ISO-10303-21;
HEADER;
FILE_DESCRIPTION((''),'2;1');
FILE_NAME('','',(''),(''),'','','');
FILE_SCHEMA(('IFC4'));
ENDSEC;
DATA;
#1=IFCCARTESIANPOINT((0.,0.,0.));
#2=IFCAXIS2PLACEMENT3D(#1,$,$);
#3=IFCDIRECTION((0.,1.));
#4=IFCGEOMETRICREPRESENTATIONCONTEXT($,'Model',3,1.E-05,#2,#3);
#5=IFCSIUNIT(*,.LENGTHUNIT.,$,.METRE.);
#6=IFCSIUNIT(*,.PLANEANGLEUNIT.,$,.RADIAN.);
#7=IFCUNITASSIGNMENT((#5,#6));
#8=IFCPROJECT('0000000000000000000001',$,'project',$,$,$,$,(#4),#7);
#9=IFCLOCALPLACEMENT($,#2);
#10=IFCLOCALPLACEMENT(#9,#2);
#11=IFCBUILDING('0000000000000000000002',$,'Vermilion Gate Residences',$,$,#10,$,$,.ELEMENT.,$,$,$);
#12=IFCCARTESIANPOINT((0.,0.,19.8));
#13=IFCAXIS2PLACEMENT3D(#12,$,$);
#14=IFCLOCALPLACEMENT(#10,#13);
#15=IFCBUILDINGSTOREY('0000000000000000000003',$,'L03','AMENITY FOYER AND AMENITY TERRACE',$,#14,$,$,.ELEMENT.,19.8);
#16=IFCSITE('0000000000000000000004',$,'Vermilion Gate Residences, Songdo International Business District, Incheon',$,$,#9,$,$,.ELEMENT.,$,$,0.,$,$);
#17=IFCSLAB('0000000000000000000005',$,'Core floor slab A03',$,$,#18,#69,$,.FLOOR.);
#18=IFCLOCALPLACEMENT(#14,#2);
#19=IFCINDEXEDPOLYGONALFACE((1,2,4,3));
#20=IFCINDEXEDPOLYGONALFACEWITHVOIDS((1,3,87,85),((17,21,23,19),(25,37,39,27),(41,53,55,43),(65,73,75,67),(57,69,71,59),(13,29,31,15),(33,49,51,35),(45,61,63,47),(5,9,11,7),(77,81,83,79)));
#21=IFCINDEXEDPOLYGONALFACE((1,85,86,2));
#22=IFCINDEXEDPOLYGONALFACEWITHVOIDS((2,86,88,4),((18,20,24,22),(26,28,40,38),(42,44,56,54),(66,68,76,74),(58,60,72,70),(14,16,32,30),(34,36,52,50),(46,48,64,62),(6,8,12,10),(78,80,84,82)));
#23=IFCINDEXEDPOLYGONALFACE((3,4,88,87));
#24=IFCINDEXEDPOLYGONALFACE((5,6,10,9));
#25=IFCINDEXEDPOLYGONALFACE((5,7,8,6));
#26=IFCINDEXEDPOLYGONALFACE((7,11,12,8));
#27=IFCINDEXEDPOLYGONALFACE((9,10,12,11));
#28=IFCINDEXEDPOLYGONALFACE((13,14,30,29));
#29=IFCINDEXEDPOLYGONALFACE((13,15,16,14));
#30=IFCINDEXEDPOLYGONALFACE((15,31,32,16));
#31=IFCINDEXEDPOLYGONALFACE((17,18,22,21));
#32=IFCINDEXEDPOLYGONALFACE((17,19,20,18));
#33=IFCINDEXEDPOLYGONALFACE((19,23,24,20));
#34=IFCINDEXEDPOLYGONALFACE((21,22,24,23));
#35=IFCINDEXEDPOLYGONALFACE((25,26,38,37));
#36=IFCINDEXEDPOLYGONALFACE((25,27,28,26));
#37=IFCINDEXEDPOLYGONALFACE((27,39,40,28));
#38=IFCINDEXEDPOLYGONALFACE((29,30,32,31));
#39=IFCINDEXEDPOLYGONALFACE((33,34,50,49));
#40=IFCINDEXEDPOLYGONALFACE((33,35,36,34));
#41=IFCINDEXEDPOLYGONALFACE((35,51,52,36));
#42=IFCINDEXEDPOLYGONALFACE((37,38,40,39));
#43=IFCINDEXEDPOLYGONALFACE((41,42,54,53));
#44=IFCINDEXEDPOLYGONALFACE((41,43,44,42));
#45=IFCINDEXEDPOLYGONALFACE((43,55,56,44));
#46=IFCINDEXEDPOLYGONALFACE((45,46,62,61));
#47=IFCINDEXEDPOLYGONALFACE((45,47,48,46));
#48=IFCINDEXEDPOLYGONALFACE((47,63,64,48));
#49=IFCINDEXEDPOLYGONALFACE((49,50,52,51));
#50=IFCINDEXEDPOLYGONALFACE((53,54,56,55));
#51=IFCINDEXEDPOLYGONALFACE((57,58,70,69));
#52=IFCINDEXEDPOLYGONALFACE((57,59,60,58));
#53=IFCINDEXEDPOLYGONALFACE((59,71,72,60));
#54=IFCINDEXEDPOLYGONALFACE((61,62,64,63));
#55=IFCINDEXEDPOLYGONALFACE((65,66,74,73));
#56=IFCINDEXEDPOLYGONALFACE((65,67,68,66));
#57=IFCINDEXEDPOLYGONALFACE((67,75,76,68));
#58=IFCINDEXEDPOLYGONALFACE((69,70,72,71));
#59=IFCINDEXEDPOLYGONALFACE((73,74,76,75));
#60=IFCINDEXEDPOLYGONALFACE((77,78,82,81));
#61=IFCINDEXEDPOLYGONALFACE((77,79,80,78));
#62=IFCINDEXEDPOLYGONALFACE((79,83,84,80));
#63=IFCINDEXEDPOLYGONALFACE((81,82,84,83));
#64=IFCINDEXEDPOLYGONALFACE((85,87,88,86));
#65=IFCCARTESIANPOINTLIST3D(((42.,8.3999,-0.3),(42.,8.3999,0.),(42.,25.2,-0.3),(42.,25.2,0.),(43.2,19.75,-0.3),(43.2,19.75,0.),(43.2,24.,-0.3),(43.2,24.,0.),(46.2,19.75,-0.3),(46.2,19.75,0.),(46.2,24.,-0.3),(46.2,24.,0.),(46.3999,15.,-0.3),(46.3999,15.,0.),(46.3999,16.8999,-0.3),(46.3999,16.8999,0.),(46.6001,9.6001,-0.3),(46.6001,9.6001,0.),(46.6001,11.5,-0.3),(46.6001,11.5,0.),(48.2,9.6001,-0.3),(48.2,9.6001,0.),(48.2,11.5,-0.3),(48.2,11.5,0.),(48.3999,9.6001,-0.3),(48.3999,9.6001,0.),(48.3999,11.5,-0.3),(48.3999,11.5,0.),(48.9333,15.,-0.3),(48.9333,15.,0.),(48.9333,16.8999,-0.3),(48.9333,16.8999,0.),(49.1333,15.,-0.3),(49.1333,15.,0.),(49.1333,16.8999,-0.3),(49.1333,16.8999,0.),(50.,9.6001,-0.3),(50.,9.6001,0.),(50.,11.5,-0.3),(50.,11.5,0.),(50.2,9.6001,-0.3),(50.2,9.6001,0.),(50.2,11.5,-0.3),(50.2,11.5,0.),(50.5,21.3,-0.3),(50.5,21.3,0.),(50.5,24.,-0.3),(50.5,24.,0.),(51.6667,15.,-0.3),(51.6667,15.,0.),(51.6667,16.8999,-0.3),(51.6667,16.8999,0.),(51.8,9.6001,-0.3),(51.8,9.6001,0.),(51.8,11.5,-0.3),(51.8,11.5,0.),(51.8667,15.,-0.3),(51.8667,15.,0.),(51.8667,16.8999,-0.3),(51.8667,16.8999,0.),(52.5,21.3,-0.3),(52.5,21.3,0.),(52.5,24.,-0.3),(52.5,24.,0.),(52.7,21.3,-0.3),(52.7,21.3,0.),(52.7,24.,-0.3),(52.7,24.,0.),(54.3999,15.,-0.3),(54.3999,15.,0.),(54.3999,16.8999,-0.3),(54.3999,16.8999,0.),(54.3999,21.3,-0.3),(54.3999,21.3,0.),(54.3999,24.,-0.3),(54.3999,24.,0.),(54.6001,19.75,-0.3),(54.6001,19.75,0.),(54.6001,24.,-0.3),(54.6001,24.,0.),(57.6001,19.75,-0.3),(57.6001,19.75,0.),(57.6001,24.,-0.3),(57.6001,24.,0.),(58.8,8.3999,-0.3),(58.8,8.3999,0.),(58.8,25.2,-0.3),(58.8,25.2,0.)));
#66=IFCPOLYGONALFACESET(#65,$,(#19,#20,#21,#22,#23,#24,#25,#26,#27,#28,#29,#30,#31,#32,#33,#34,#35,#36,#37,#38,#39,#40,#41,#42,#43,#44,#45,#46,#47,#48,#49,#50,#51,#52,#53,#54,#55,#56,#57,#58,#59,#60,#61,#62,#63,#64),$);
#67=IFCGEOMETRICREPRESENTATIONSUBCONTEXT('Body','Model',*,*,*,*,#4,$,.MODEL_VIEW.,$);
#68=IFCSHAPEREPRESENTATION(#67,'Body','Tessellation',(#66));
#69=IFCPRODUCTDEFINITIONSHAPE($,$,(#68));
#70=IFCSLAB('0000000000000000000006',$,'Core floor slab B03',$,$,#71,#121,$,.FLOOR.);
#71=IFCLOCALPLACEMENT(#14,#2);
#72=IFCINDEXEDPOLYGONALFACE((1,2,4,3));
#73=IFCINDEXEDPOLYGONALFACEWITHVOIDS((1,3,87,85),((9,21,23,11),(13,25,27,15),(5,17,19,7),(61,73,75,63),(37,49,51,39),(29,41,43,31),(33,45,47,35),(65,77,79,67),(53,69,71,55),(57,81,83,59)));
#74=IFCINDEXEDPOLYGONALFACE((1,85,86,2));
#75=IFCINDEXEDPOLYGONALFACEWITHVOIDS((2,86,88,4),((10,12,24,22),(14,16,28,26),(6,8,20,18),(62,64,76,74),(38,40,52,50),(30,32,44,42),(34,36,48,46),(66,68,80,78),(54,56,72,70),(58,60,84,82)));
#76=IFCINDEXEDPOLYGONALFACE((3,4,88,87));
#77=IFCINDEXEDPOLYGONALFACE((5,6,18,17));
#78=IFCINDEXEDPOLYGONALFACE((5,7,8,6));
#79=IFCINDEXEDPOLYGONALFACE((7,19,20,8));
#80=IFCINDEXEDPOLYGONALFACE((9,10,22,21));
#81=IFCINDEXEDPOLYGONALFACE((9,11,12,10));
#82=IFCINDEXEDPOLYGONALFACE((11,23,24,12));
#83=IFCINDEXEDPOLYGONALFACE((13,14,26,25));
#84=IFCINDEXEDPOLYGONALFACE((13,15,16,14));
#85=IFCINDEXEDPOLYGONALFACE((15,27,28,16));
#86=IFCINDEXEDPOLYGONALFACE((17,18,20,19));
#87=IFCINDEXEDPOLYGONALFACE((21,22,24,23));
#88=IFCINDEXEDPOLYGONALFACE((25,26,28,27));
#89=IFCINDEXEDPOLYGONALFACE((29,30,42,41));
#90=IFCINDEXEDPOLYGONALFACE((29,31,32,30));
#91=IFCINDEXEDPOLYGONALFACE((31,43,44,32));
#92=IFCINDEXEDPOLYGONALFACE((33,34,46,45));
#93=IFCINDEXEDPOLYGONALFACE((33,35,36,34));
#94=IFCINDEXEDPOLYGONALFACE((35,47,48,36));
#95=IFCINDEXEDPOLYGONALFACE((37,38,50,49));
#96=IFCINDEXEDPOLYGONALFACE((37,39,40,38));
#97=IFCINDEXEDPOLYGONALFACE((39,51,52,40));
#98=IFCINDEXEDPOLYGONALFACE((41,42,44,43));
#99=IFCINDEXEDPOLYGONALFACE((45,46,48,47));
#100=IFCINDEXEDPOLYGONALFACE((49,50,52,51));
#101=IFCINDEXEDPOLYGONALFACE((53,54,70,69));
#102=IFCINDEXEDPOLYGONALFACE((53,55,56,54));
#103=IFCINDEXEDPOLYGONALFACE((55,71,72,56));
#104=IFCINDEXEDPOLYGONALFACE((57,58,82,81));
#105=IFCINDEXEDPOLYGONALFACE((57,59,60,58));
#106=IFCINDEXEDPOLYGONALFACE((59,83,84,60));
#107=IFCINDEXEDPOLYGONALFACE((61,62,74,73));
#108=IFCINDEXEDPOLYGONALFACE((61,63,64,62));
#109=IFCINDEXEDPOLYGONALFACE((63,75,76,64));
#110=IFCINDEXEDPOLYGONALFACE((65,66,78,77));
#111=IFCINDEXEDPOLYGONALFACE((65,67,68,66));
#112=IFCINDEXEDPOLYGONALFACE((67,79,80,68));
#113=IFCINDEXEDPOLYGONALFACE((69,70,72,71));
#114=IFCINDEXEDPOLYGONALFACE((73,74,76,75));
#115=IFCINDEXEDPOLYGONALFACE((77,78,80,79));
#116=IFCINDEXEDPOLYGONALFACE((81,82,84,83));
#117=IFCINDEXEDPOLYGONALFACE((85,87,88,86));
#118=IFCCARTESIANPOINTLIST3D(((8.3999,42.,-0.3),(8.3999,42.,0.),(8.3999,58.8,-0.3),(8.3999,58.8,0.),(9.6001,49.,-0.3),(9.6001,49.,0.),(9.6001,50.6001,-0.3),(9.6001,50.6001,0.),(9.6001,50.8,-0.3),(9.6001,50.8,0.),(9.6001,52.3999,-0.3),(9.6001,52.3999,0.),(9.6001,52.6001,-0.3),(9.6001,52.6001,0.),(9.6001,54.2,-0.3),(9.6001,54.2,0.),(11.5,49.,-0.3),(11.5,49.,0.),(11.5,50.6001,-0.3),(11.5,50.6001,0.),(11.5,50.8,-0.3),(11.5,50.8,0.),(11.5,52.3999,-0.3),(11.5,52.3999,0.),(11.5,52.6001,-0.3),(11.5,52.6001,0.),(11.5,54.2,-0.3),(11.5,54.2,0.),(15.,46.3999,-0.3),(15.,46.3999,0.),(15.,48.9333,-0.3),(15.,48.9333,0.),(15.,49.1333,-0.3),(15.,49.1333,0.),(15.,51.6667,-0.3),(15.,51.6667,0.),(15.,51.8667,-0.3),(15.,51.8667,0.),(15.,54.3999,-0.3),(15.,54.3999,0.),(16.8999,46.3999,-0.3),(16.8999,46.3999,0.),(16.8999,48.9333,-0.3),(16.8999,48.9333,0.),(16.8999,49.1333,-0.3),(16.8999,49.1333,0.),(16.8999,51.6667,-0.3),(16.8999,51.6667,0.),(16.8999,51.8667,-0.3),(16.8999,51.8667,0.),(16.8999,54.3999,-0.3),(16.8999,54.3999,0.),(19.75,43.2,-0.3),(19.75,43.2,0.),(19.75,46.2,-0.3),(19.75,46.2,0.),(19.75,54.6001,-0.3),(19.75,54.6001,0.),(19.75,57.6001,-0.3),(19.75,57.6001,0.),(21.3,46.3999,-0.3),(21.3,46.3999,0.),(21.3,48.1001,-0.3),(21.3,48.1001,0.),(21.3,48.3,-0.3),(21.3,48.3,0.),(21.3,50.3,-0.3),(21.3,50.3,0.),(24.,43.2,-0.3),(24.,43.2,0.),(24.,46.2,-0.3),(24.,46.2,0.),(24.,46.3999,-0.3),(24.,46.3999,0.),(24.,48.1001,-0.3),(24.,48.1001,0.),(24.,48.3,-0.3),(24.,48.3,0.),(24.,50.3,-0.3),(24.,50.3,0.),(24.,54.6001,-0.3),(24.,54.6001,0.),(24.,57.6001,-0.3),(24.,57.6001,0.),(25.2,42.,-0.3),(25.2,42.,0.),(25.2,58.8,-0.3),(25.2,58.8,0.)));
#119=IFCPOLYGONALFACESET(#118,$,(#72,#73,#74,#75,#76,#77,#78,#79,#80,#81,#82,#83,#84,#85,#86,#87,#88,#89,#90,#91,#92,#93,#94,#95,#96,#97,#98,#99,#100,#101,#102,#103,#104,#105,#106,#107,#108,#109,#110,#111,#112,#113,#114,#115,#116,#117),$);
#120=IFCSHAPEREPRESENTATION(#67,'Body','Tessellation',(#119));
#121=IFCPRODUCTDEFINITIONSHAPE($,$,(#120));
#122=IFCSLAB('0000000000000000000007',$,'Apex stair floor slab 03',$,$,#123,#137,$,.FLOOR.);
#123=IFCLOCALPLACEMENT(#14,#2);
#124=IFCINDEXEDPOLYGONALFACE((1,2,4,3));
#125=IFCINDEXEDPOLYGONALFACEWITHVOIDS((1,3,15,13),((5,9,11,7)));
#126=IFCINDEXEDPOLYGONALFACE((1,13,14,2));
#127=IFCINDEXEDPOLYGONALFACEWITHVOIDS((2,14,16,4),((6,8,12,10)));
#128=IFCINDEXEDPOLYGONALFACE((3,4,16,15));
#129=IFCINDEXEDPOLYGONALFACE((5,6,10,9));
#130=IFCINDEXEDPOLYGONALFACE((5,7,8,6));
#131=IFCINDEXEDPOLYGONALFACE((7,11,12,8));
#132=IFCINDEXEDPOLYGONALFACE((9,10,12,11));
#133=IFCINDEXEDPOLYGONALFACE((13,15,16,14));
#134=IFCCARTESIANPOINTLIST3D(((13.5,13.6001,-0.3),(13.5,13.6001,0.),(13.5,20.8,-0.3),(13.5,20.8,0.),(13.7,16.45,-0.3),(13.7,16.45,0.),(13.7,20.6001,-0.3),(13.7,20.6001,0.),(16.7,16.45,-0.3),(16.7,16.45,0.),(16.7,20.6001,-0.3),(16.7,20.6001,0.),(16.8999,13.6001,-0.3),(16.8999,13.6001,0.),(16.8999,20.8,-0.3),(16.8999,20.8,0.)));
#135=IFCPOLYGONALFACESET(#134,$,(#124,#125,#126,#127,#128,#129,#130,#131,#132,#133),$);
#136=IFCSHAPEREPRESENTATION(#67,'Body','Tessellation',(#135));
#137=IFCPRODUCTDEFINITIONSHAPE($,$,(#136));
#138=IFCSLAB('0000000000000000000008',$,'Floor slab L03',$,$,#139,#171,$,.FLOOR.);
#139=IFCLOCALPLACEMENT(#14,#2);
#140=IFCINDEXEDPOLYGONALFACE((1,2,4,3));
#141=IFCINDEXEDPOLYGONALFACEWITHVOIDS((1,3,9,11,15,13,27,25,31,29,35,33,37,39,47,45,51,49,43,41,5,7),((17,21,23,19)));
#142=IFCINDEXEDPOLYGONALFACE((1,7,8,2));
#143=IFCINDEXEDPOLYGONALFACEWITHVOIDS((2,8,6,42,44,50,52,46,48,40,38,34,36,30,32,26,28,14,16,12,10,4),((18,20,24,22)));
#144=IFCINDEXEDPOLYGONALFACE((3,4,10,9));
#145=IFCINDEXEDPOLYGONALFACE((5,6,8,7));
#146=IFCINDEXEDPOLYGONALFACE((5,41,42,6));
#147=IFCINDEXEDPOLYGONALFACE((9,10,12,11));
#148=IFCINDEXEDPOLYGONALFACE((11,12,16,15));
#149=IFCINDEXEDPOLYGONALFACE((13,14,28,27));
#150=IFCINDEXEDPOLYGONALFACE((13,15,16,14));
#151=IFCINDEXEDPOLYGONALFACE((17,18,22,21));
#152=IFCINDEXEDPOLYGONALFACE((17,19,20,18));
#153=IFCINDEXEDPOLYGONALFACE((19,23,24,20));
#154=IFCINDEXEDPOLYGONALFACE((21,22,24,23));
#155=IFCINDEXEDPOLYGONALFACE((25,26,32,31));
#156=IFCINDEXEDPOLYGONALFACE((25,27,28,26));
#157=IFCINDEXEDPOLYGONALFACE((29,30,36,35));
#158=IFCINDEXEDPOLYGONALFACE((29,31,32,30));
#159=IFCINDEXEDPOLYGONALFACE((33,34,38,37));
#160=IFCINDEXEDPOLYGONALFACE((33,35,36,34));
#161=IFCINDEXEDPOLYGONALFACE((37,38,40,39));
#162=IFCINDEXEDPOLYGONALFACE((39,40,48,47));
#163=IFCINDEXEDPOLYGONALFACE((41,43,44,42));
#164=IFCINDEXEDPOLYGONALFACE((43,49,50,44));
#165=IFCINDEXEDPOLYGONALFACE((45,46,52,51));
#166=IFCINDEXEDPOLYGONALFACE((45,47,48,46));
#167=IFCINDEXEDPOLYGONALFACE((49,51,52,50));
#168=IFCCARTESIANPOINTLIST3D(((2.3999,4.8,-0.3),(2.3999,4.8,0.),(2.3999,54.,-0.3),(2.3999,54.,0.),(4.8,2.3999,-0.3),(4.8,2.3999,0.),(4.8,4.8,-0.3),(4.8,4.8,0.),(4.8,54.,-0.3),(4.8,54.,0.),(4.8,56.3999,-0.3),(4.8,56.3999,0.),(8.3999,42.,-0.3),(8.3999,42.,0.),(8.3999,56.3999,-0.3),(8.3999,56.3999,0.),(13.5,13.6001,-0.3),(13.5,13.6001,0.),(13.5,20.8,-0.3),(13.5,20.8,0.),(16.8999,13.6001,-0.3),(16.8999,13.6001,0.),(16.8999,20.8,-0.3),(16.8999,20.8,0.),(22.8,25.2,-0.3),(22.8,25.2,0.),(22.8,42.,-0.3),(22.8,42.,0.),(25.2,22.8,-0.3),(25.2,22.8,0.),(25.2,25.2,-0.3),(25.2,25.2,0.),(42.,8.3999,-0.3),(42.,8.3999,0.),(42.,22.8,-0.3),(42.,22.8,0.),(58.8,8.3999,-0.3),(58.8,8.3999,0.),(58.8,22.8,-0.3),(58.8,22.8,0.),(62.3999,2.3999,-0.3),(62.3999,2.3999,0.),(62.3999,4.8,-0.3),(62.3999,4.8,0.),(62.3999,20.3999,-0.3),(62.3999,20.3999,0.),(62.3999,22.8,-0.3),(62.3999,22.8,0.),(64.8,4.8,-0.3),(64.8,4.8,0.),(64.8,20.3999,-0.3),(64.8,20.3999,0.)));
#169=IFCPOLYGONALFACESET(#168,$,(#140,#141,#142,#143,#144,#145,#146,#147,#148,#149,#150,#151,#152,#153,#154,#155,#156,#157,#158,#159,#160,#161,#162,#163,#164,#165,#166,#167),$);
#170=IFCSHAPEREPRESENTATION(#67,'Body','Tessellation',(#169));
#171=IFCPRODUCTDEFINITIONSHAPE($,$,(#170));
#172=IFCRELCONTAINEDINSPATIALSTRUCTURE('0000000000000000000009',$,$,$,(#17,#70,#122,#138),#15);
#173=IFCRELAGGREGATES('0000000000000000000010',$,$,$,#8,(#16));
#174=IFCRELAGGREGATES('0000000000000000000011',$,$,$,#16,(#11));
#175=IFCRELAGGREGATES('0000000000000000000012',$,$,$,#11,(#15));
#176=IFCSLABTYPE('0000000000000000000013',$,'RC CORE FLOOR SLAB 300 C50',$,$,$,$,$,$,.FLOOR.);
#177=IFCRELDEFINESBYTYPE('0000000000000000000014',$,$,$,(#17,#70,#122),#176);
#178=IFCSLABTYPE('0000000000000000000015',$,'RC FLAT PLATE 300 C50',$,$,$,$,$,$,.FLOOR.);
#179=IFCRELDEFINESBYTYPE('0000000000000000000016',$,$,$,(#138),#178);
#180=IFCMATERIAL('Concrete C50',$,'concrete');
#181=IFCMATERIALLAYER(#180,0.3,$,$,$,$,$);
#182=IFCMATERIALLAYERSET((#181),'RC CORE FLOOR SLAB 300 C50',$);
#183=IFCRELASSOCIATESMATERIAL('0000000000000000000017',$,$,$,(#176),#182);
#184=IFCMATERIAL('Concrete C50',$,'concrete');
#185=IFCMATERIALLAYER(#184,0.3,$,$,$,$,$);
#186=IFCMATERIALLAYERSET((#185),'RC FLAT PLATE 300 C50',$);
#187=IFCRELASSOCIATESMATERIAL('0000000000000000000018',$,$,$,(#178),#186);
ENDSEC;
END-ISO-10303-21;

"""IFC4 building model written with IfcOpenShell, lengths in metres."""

from ifc_helpers import new_model, si_unit, direction, frame, origin, place, context, subcontext, project, spatial, polyline, outline, extrude, material, layer, layer_set, type_object, element, save


model = new_model("IFC4")

# Units and contexts
model_context = context("Model", 3, precision=1e-05, world=origin(), true_north=direction((0.0, 1.0)))
body_context = subcontext(model_context, "Body", "Model", "MODEL_VIEW")
ifc_project = project(units=[si_unit("LENGTHUNIT", "METRE"), si_unit("PLANEANGLEUNIT", "RADIAN")], contexts=[model_context])

# Site, building, storey
site_placement = place(None, origin())
site = spatial("IfcSite", under=ifc_project, at=site_placement, Name="Vermilion Gate Residences, Songdo International Business District, Incheon", CompositionType="ELEMENT", RefElevation=0.0)
building_placement = place(site_placement, origin())
building = spatial("IfcBuilding", under=site, at=building_placement, Name="Vermilion Gate Residences", CompositionType="ELEMENT")
storey_placement = place(building_placement, frame((0.0, 0.0, 19.8)))
storey = spatial("IfcBuildingStorey", under=building, at=storey_placement, Name="L03", Description="AMENITY FOYER AND AMENITY TERRACE", CompositionType="ELEMENT", Elevation=19.8)

# Slabs
ifc_material_1 = material(Name="Concrete C50", Category="concrete")
ifc_layer_1 = layer(ifc_material_1, 0.3)
ifc_layer_set_1 = layer_set([ifc_layer_1], Name="RC CORE FLOOR SLAB 300 C50")
slab_type_1 = type_object("IfcSlabType", Name="RC CORE FLOOR SLAB 300 C50", PredefinedType="FLOOR", material=ifc_layer_set_1)
slab_1_placement = place(storey_placement, frame((0.0, 0.0, -0.3)))
element("IfcSlab", 1, at=slab_1_placement, inside=storey, type_object=slab_type_1, Name="Core floor slab A03", PredefinedType="FLOOR", context=body_context, shape_type="SweptSolid", body=[
    extrude(outline(polyline([(42.0, 8.3999), (58.8, 8.3999), (58.8, 25.2), (42.0, 25.2), (42.0, 8.3999)]), holes=[polyline([(46.6001, 11.5), (48.2, 11.5), (48.2, 9.6001), (46.6001, 9.6001), (46.6001, 11.5)]), polyline([(48.3999, 11.5), (50.0, 11.5), (50.0, 9.6001), (48.3999, 9.6001), (48.3999, 11.5)]), polyline([(50.2, 11.5), (51.8, 11.5), (51.8, 9.6001), (50.2, 9.6001), (50.2, 11.5)]), polyline([(48.9333, 16.8999), (48.9333, 15.0), (46.3999, 15.0), (46.3999, 16.8999), (48.9333, 16.8999)]), polyline([(51.6667, 16.8999), (51.6667, 15.0), (49.1333, 15.0), (49.1333, 16.8999), (51.6667, 16.8999)]), polyline([(51.8667, 16.8999), (54.3999, 16.8999), (54.3999, 15.0), (51.8667, 15.0), (51.8667, 16.8999)]), polyline([(43.2, 24.0), (46.2, 24.0), (46.2, 19.75), (43.2, 19.75), (43.2, 24.0)]), polyline([(54.6001, 24.0), (57.6001, 24.0), (57.6001, 19.75), (54.6001, 19.75), (54.6001, 24.0)]), polyline([(52.5, 24.0), (52.5, 21.3), (50.5, 21.3), (50.5, 24.0), (52.5, 24.0)]), polyline([(54.3999, 24.0), (54.3999, 21.3), (52.7, 21.3), (52.7, 24.0), (54.3999, 24.0)])]), origin(), (0.0, 0.0, 1.0), 0.3),
])
slab_2_placement = place(storey_placement, frame((0.0, 0.0, -0.3)))
element("IfcSlab", 2, at=slab_2_placement, inside=storey, type_object=slab_type_1, Name="Core floor slab B03", PredefinedType="FLOOR", context=body_context, shape_type="SweptSolid", body=[
    extrude(outline(polyline([(8.3999, 42.0), (25.2, 42.0), (25.2, 58.8), (8.3999, 58.8), (8.3999, 42.0)]), holes=[polyline([(19.75, 46.2), (24.0, 46.2), (24.0, 43.2), (19.75, 43.2), (19.75, 46.2)]), polyline([(21.3, 48.1001), (24.0, 48.1001), (24.0, 46.3999), (21.3, 46.3999), (21.3, 48.1001)]), polyline([(15.0, 48.9333), (16.8999, 48.9333), (16.8999, 46.3999), (15.0, 46.3999), (15.0, 48.9333)]), polyline([(24.0, 50.3), (24.0, 48.3), (21.3, 48.3), (21.3, 50.3), (24.0, 50.3)]), polyline([(11.5, 50.6001), (11.5, 49.0), (9.6001, 49.0), (9.6001, 50.6001), (11.5, 50.6001)]), polyline([(15.0, 51.6667), (16.8999, 51.6667), (16.8999, 49.1333), (15.0, 49.1333), (15.0, 51.6667)]), polyline([(9.6001, 52.3999), (11.5, 52.3999), (11.5, 50.8), (9.6001, 50.8), (9.6001, 52.3999)]), polyline([(15.0, 54.3999), (16.8999, 54.3999), (16.8999, 51.8667), (15.0, 51.8667), (15.0, 54.3999)]), polyline([(11.5, 54.2), (11.5, 52.6001), (9.6001, 52.6001), (9.6001, 54.2), (11.5, 54.2)]), polyline([(24.0, 57.6001), (24.0, 54.6001), (19.75, 54.6001), (19.75, 57.6001), (24.0, 57.6001)])]), origin(), (0.0, 0.0, 1.0), 0.3),
])
slab_3_placement = place(storey_placement, frame((0.0, 0.0, -0.3)))
element("IfcSlab", 3, at=slab_3_placement, inside=storey, type_object=slab_type_1, Name="Apex stair floor slab 03", PredefinedType="FLOOR", context=body_context, shape_type="SweptSolid", body=[
    extrude(outline(polyline([(13.5, 13.6001), (16.8999, 13.6001), (16.8999, 20.8), (13.5, 20.8), (13.5, 13.6001)]), holes=[polyline([(16.7, 20.6001), (16.7, 16.45), (13.7, 16.45), (13.7, 20.6001), (16.7, 20.6001)])]), origin(), (0.0, 0.0, 1.0), 0.3),
])
ifc_material_2 = material(Name="Concrete C50", Category="concrete")
ifc_layer_2 = layer(ifc_material_2, 0.3)
ifc_layer_set_2 = layer_set([ifc_layer_2], Name="RC FLAT PLATE 300 C50")
slab_type_2 = type_object("IfcSlabType", Name="RC FLAT PLATE 300 C50", PredefinedType="FLOOR", material=ifc_layer_set_2)
slab_4_placement = place(storey_placement, frame((0.0, 0.0, -0.3)))
element("IfcSlab", 4, at=slab_4_placement, inside=storey, type_object=slab_type_2, Name="Floor slab L03", PredefinedType="FLOOR", context=body_context, shape_type="SweptSolid", body=[
    extrude(outline(polyline([(22.8, 25.2), (22.8, 42.0), (8.3999, 42.0), (8.3999, 56.3999), (4.8, 56.3999), (4.8, 54.0), (2.3999, 54.0), (2.3999, 4.8), (4.8, 4.8), (4.8, 2.3999), (62.3999, 2.3999), (62.3999, 4.8), (64.8, 4.8), (64.8, 20.3999), (62.3999, 20.3999), (62.3999, 22.8), (58.8, 22.8), (58.8, 8.3999), (42.0, 8.3999), (42.0, 22.8), (25.2, 22.8), (25.2, 25.2), (22.8, 25.2)]), holes=[polyline([(13.5, 13.6001), (13.5, 20.8), (16.8999, 20.8), (16.8999, 13.6001), (13.5, 13.6001)])]), origin(), (0.0, 0.0, 1.0), 0.3),
])

save(model, "model.ifc")
